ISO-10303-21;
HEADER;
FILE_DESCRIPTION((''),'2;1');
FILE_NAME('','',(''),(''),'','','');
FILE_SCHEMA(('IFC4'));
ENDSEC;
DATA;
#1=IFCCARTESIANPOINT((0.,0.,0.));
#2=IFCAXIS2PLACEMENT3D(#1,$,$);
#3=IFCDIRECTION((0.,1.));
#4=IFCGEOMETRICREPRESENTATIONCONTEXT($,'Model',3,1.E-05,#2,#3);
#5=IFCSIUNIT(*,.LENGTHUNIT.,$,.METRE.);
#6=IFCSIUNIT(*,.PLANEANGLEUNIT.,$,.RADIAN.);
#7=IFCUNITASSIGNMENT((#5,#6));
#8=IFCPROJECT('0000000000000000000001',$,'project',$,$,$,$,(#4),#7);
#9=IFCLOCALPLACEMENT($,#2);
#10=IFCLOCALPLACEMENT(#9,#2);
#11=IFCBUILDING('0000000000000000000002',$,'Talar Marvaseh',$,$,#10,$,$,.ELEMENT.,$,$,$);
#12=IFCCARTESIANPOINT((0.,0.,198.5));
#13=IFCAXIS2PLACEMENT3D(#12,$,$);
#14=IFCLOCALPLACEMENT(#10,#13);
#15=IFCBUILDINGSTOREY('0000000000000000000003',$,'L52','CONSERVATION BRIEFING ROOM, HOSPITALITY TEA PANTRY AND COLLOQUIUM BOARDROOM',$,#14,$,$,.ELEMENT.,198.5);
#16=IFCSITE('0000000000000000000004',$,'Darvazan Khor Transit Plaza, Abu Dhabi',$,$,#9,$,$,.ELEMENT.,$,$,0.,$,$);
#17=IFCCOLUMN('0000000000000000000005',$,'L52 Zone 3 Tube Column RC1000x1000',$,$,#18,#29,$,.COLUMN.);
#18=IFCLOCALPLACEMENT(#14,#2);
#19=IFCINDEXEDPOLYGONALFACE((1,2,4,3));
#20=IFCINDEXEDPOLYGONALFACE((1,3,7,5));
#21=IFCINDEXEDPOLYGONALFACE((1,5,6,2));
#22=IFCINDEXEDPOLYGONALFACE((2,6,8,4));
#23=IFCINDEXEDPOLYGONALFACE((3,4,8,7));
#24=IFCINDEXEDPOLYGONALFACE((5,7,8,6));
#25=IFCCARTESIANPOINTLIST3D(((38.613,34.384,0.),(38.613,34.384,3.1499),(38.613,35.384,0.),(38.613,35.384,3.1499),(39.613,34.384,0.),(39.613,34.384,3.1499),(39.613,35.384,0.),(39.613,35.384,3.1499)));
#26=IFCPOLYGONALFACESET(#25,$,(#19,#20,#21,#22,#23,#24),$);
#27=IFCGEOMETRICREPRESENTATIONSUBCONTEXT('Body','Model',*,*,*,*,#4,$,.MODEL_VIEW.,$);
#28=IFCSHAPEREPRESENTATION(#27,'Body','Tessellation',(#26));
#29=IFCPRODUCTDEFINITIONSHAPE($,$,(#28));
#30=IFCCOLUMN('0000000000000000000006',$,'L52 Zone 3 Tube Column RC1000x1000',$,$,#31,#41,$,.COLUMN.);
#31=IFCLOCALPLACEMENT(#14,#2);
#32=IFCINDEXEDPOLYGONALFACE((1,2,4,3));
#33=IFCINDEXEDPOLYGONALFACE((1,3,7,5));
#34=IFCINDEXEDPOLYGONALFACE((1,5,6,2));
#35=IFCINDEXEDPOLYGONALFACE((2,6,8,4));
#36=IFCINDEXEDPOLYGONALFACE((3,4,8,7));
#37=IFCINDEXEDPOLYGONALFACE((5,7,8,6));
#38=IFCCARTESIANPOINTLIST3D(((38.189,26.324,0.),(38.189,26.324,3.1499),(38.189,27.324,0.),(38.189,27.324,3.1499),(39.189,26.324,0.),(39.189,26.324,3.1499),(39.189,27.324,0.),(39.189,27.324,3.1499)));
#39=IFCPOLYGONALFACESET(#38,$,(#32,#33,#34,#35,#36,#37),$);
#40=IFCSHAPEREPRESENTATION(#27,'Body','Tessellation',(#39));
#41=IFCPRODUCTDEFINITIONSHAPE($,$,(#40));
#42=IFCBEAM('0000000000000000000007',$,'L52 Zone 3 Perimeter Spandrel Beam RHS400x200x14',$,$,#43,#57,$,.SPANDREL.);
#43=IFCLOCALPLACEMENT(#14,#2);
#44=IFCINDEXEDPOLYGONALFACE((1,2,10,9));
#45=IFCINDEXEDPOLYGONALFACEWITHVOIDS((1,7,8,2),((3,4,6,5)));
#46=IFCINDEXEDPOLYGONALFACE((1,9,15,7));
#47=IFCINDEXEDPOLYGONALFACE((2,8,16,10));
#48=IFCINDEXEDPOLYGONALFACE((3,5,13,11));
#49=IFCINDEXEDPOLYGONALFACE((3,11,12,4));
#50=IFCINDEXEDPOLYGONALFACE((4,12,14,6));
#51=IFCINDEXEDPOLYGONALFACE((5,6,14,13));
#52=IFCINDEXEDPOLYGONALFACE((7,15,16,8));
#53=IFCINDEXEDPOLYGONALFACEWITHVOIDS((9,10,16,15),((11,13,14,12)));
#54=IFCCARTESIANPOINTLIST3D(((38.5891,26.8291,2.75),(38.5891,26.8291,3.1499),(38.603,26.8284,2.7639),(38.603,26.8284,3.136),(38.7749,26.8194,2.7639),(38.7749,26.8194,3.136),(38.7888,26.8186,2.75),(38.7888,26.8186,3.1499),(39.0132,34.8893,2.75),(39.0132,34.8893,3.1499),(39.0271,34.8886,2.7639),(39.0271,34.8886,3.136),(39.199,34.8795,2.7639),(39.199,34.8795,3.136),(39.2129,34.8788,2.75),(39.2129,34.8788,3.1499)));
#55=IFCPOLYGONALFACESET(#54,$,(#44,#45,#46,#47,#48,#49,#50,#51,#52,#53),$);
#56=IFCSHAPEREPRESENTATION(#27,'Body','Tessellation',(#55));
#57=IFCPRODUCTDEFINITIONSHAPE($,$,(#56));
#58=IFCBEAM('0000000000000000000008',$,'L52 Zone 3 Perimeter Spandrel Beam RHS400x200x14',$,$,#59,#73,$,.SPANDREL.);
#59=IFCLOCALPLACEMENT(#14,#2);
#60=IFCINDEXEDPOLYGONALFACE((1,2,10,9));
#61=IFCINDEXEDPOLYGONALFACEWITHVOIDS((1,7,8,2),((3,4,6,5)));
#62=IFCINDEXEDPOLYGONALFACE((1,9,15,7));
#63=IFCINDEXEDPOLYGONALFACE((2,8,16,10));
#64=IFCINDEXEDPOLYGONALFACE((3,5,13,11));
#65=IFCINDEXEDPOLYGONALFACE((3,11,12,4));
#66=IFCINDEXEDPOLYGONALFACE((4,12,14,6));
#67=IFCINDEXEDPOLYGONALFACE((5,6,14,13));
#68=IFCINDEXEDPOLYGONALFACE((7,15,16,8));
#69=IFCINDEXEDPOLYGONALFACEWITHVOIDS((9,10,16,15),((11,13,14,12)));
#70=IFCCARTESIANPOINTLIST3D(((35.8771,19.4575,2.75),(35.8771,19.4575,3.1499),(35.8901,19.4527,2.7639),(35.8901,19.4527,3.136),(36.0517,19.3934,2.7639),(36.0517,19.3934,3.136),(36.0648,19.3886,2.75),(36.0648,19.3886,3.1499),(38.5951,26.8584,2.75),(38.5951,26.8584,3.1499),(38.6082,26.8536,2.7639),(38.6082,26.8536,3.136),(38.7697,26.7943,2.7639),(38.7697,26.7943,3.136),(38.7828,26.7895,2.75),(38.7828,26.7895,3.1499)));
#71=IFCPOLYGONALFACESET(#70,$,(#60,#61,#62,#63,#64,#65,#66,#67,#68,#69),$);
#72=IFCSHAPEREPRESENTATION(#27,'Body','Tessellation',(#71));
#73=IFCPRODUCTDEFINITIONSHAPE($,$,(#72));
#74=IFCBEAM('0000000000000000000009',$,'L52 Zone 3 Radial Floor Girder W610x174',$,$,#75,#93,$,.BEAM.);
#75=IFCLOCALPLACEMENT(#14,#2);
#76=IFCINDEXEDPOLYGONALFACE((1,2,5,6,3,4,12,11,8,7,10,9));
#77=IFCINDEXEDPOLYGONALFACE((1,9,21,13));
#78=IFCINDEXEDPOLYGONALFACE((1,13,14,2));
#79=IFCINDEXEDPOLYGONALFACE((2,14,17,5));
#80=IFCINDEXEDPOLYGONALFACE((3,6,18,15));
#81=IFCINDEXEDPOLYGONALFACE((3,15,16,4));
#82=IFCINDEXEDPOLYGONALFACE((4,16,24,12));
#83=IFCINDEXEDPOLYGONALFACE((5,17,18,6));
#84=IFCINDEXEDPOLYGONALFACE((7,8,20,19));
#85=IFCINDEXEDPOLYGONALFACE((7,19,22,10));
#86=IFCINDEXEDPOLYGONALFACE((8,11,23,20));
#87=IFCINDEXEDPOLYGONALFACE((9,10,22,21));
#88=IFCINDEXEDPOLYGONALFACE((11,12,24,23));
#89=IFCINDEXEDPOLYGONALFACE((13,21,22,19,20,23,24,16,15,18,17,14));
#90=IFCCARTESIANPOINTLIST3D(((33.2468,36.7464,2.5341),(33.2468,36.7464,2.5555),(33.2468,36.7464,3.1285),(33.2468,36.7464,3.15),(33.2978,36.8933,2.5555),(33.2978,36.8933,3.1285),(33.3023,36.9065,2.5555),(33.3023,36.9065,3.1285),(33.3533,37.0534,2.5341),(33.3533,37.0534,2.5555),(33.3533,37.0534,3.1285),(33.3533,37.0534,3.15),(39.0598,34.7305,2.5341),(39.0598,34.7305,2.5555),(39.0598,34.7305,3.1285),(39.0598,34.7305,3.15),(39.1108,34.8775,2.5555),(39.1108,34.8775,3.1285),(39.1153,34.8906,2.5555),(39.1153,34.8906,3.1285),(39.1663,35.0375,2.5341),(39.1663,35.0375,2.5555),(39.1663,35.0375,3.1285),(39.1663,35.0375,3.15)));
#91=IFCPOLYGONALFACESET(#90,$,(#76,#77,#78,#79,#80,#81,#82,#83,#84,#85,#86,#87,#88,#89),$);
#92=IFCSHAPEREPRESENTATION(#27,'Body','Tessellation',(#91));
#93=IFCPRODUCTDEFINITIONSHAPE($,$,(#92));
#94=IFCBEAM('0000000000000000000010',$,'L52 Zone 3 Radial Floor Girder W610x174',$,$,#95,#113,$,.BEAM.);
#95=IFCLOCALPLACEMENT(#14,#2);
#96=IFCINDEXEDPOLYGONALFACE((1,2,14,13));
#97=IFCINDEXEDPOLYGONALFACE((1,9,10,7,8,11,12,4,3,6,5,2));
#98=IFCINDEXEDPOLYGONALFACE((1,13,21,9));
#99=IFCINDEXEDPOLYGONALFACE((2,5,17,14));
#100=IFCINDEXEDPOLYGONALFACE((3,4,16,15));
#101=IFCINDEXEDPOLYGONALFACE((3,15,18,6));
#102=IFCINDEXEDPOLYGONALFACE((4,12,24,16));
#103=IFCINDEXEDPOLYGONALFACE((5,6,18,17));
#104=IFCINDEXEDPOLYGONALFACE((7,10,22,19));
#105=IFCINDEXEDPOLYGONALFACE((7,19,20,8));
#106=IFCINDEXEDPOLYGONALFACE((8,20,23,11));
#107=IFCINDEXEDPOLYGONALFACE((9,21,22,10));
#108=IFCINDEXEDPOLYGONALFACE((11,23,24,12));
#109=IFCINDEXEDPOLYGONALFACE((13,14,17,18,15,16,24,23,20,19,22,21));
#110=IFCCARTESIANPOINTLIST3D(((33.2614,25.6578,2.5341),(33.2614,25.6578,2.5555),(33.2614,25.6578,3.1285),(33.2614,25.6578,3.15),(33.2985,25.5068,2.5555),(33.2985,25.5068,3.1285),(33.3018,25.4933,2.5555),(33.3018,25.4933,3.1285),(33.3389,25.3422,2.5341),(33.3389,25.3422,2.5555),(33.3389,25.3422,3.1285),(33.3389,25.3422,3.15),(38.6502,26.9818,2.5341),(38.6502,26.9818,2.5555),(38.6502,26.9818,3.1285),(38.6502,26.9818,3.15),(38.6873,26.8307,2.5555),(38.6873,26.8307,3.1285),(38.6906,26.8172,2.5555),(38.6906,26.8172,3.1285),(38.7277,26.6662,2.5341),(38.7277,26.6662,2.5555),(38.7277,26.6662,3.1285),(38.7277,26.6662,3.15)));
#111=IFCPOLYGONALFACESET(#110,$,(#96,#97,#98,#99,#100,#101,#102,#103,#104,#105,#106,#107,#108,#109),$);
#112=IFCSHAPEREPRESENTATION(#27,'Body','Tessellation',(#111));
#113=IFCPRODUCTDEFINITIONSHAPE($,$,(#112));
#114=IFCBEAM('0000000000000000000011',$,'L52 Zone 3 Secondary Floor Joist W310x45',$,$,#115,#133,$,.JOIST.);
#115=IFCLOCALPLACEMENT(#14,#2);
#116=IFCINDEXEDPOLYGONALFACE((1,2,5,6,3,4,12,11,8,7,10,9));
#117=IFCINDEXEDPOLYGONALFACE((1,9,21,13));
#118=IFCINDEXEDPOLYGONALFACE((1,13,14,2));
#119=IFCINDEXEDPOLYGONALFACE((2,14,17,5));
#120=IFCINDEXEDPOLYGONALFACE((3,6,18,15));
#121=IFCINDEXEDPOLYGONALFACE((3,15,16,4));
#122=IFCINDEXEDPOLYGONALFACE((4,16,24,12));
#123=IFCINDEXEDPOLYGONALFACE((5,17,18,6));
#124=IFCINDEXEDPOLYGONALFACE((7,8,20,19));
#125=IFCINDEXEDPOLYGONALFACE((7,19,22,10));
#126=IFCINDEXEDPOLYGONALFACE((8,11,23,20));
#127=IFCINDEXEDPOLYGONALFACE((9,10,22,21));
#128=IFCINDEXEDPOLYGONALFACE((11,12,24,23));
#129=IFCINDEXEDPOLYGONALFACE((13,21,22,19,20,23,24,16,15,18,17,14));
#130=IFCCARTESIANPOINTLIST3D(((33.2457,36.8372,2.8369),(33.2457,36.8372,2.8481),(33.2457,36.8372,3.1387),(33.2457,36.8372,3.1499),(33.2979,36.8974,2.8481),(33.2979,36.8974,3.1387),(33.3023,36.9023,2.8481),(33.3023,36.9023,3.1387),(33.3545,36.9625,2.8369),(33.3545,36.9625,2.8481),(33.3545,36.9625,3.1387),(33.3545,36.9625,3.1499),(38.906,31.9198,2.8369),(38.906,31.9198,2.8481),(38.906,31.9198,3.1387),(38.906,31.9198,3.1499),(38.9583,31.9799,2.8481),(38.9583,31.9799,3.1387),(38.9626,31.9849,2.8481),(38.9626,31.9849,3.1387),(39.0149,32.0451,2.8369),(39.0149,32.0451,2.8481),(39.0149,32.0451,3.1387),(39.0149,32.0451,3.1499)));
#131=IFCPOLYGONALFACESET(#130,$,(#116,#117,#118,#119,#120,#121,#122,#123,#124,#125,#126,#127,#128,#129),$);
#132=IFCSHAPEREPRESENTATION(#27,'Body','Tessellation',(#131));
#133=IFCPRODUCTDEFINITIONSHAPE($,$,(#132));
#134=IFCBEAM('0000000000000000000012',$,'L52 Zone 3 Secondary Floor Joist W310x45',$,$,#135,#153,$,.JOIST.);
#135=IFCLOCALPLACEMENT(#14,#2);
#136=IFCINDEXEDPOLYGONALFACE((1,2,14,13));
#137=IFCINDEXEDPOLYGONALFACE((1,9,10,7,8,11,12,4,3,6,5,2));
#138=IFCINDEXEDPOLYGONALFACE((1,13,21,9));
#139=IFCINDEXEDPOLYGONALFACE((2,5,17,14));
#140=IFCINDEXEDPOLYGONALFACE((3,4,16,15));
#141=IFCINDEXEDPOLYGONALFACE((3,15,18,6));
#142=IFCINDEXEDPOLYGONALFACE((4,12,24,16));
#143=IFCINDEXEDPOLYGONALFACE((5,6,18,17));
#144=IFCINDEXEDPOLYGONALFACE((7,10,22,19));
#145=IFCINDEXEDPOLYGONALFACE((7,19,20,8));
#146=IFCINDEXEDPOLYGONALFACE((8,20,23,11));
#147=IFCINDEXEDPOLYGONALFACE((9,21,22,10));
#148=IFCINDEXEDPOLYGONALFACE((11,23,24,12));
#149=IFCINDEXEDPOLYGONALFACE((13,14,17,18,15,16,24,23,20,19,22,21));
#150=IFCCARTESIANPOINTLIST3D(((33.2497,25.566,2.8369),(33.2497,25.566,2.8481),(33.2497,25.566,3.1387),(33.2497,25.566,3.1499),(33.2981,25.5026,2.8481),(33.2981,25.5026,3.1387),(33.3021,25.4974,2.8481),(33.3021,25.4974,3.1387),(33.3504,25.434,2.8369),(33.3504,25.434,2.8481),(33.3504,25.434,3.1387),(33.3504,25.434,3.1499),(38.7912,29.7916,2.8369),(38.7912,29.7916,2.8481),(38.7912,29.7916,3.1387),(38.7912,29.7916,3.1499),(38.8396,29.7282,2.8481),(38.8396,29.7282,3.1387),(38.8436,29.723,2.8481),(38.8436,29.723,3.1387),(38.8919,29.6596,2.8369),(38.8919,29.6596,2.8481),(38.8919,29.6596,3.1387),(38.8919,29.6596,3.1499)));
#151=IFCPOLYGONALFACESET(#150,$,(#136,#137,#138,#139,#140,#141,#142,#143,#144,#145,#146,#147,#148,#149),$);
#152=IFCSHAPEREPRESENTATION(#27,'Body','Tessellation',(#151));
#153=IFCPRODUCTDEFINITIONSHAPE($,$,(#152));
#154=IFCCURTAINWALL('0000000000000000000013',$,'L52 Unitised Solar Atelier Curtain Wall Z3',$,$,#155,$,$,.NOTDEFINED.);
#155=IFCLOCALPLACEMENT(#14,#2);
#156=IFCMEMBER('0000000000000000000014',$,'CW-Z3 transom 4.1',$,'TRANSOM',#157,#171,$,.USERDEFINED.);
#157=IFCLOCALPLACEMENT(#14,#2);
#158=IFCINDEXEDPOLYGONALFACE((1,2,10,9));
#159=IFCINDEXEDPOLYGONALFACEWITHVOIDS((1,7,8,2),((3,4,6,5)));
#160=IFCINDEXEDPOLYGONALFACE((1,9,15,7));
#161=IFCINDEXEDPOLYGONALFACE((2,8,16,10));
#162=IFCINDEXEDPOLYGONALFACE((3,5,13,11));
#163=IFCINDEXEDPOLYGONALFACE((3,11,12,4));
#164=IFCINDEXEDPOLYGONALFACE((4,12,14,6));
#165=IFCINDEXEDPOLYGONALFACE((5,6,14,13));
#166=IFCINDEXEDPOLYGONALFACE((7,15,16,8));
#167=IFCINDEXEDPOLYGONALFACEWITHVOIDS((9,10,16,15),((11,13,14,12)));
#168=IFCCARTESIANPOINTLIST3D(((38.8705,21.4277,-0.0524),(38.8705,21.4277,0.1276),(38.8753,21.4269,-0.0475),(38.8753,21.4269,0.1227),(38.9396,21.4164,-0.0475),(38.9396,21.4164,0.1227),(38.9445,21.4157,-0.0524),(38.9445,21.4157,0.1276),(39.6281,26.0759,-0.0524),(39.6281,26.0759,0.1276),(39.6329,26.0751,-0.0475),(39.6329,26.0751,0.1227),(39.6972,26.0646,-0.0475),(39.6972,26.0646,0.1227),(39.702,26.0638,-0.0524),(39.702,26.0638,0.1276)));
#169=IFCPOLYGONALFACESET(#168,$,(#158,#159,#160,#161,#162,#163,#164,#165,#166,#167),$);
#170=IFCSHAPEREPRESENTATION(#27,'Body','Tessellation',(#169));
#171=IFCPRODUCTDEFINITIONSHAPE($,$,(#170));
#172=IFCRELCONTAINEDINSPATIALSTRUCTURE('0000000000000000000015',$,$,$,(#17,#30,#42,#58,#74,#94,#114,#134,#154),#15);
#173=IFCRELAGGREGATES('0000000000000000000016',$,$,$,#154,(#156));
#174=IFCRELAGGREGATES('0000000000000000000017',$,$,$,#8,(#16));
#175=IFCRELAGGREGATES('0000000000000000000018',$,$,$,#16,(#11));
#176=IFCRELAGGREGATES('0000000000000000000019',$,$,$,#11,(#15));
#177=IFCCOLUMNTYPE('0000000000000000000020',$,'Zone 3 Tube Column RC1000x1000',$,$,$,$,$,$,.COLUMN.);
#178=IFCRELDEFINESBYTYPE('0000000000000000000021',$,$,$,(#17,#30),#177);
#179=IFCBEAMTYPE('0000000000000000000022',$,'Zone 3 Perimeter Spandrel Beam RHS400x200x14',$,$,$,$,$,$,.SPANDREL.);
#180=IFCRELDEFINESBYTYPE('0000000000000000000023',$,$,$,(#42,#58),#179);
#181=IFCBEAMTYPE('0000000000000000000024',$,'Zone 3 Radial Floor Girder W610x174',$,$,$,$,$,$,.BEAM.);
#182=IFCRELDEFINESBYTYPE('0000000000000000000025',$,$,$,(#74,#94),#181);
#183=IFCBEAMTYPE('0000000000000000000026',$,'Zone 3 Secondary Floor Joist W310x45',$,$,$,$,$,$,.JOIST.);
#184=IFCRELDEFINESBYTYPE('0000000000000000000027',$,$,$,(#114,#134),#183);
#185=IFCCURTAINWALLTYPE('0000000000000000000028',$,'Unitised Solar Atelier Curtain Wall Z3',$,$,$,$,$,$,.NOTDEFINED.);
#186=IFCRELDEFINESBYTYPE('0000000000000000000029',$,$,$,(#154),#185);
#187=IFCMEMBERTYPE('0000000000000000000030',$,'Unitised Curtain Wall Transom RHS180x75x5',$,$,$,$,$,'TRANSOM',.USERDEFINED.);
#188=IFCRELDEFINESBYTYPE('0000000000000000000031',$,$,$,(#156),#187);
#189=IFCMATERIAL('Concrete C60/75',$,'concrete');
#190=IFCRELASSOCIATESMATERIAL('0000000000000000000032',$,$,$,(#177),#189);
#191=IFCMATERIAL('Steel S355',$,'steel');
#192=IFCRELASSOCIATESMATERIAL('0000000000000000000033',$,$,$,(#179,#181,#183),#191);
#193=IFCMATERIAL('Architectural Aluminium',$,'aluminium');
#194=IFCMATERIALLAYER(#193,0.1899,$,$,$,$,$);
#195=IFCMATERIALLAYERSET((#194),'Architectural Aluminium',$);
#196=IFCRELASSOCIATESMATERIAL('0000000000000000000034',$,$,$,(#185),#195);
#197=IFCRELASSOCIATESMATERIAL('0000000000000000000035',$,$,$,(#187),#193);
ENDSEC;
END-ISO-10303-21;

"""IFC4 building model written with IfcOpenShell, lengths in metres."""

from ifc_helpers import new_model, si_unit, direction, frame, origin, origin_2d, place, context, subcontext, project, spatial, rectangle, hollow_rectangle, i_section, extrude, source, transform, mapped, material, layer, layer_set, material_profile, profile_set, type_object, element, aggregate, save


model = new_model("IFC4")

# Units and contexts
model_context = context("Model", 3, precision=1e-05, world=origin(), true_north=direction((0.0, 1.0)))
body_context = subcontext(model_context, "Body", "Model", "MODEL_VIEW")
ifc_project = project(units=[si_unit("LENGTHUNIT", "METRE"), si_unit("PLANEANGLEUNIT", "RADIAN")], contexts=[model_context])

# Site, building, storey
site_placement = place(None, origin())
site = spatial("IfcSite", under=ifc_project, at=site_placement, Name="Darvazan Khor Transit Plaza, Abu Dhabi", CompositionType="ELEMENT", RefElevation=0.0)
building_placement = place(site_placement, origin())
building = spatial("IfcBuilding", under=site, at=building_placement, Name="Talar Marvaseh", CompositionType="ELEMENT")
storey_placement = place(building_placement, frame((0.0, 0.0, 198.5)))
storey = spatial("IfcBuildingStorey", under=building, at=storey_placement, Name="L52", Description="CONSERVATION BRIEFING ROOM, HOSPITALITY TEA PANTRY AND COLLOQUIUM BOARDROOM", CompositionType="ELEMENT", Elevation=198.5)

# Columns
ifc_material_1 = material(Name="Concrete C60/75", Category="concrete")
ifc_material_profile_1 = material_profile(ifc_material_1, rectangle(XDim=1.0, YDim=1.0, at=origin_2d()), Name="RC1000x1000")
ifc_profile_set_1 = profile_set([ifc_material_profile_1], Name="Concrete C60/75")
column_type = type_object("IfcColumnType", Name="Zone 3 Tube Column RC1000x1000", PredefinedType="COLUMN", material=ifc_profile_set_1)
for number, where, z_axis, x_axis, name in (
    (1, (39.113, 34.884, 0.0), (0.0, 0.0, 1.0), (1.0, 0.0, 0.0), "L52 Zone 3 Tube Column RC1000x1000"),
    (2, (38.689, 26.824, 0.0), (0.0, 0.0, 1.0), (1.0, 0.0, 0.0), "L52 Zone 3 Tube Column RC1000x1000"),
):
    element("IfcColumn", number, at=place(storey_placement, frame(where, z_axis=z_axis, x_axis=x_axis)), inside=storey, type_object=column_type, Name=name, PredefinedType="COLUMN", context=body_context, shape_type="SweptSolid", body=[
        extrude(rectangle(XDim=1.0, YDim=1.0, at=origin_2d()), origin(), (0.0, 0.0, 1.0), 3.1499),
    ])

# Beams
ifc_material_2 = material(Name="Steel S355", Category="steel")
ifc_material_profile_2 = material_profile(ifc_material_2, hollow_rectangle(XDim=0.2, YDim=0.3999, WallThickness=0.0139, at=origin_2d()), Name="RHS400x200x14")
ifc_profile_set_2 = profile_set([ifc_material_profile_2], Name="Steel S355")
beam_type_1 = type_object("IfcBeamType", Name="Zone 3 Perimeter Spandrel Beam RHS400x200x14", PredefinedType="SPANDREL", material=ifc_profile_set_2)
beam_1_placement = place(storey_placement, frame((39.113, 34.884, 2.95), z_axis=(-0.052541, -0.998619, 0.0), x_axis=(0.998619, -0.052541, 0.0)))
element("IfcBeam", 3, at=beam_1_placement, inside=storey, type_object=beam_type_1, Name="L52 Zone 3 Perimeter Spandrel Beam RHS400x200x14", PredefinedType="SPANDREL", context=body_context, shape_type="SweptSolid", body=[
    extrude(hollow_rectangle(XDim=0.2, YDim=0.3999, WallThickness=0.0139, at=origin_2d()), origin(), (0.0, 0.0, 1.0), 8.0713),
])
beam_2_placement = place(storey_placement, frame((38.689, 26.824, 2.95), z_axis=(-0.344742, -0.938697, 0.0), x_axis=(0.938697, -0.344742, 0.0)))
element("IfcBeam", 4, at=beam_2_placement, inside=storey, type_object=beam_type_1, Name="L52 Zone 3 Perimeter Spandrel Beam RHS400x200x14", PredefinedType="SPANDREL", context=body_context, shape_type="SweptSolid", body=[
    extrude(hollow_rectangle(XDim=0.2, YDim=0.3999, WallThickness=0.0139, at=origin_2d()), origin(), (0.0, 0.0, 1.0), 7.8843),
])
ifc_material_profile_3 = material_profile(ifc_material_2, i_section(OverallWidth=0.325, OverallDepth=0.616, WebThickness=0.0139, FlangeThickness=0.0215, at=origin_2d()), Name="W610x174")
ifc_profile_set_3 = profile_set([ifc_material_profile_3], Name="Steel S355")
beam_type_2 = type_object("IfcBeamType", Name="Zone 3 Radial Floor Girder W610x174", PredefinedType="BEAM", material=ifc_profile_set_3)
beam_3_placement = place(storey_placement, frame((39.113, 34.884, 2.842), z_axis=(-0.944801, 0.327645, 0.0), x_axis=(-0.327645, -0.944801, 0.0)))
element("IfcBeam", 5, at=beam_3_placement, inside=storey, type_object=beam_type_2, Name="L52 Zone 3 Radial Floor Girder W610x174", PredefinedType="BEAM", context=body_context, shape_type="SweptSolid", body=[
    extrude(i_section(OverallWidth=0.325, OverallDepth=0.616, WebThickness=0.0139, FlangeThickness=0.0215, at=origin_2d()), origin(), (0.0, 0.0, 1.0), 6.1526),
])
beam_4_placement = place(storey_placement, frame((38.689, 26.824, 2.842), z_axis=(-0.971121, -0.23859, 0.0), x_axis=(0.23859, -0.971121, 0.0)))
element("IfcBeam", 6, at=beam_4_placement, inside=storey, type_object=beam_type_2, Name="L52 Zone 3 Radial Floor Girder W610x174", PredefinedType="BEAM", context=body_context, shape_type="SweptSolid", body=[
    extrude(i_section(OverallWidth=0.325, OverallDepth=0.616, WebThickness=0.0139, FlangeThickness=0.0215, at=origin_2d()), origin(), (0.0, 0.0, 1.0), 5.5491),
])
ifc_material_profile_4 = material_profile(ifc_material_2, i_section(OverallWidth=0.166, OverallDepth=0.313, WebThickness=0.0066, FlangeThickness=0.0112, at=origin_2d()), Name="W310x45")
ifc_profile_set_4 = profile_set([ifc_material_profile_4], Name="Steel S355")
beam_type_3 = type_object("IfcBeamType", Name="Zone 3 Secondary Floor Joist W310x45", PredefinedType="JOIST", material=ifc_profile_set_4)
beam_5_placement = place(storey_placement, frame((38.9604, 31.9824, 2.9934), z_axis=(-0.75491, 0.655829, 0.0), x_axis=(-0.655829, -0.75491, 0.0)))
element("IfcBeam", 7, at=beam_5_placement, inside=storey, type_object=beam_type_3, Name="L52 Zone 3 Secondary Floor Joist W310x45", PredefinedType="JOIST", context=body_context, shape_type="SweptSolid", body=[
    extrude(i_section(OverallWidth=0.166, OverallDepth=0.313, WebThickness=0.0066, FlangeThickness=0.0112, at=origin_2d()), origin(), (0.0, 0.0, 1.0), 7.498),
])
beam_6_placement = place(storey_placement, frame((38.8416, 29.7256, 2.9934), z_axis=(-0.79519, -0.60636, 0.0), x_axis=(0.60636, -0.79519, 0.0)))
element("IfcBeam", 8, at=beam_6_placement, inside=storey, type_object=beam_type_3, Name="L52 Zone 3 Secondary Floor Joist W310x45", PredefinedType="JOIST", context=body_context, shape_type="SweptSolid", body=[
    extrude(i_section(OverallWidth=0.166, OverallDepth=0.313, WebThickness=0.0066, FlangeThickness=0.0112, at=origin_2d()), origin(), (0.0, 0.0, 1.0), 6.9688),
])

# Curtain wall, member
ifc_material_3 = material(Name="Architectural Aluminium", Category="aluminium")
ifc_layer_1 = layer(ifc_material_3, 0.1899)
ifc_layer_set_1 = layer_set([ifc_layer_1], Name="Architectural Aluminium")
curtain_wall_type = type_object("IfcCurtainWallType", Name="Unitised Solar Atelier Curtain Wall Z3", PredefinedType="NOTDEFINED", material=ifc_layer_set_1)
curtain_wall_placement = place(storey_placement, origin())
curtain_wall = element("IfcCurtainWall", 9, at=curtain_wall_placement, inside=storey, type_object=curtain_wall_type, Name="L52 Unitised Solar Atelier Curtain Wall Z3", PredefinedType="NOTDEFINED")
ifc_material_profile_5 = material_profile(ifc_material_3, hollow_rectangle(XDim=0.075, YDim=0.1799, WallThickness=0.0049, at=origin_2d()), Name="RHS180x75x5")
ifc_profile_set_5 = profile_set([ifc_material_profile_5], Name="Architectural Aluminium")
member_type_1 = type_object("IfcMemberType", Name="Unitised Curtain Wall Transom RHS180x75x5", ElementType="TRANSOM", PredefinedType="USERDEFINED", material=ifc_profile_set_5)
shared_shape_1 = source(origin(), body_context, "Body", "SweptSolid", [
    extrude(hollow_rectangle(XDim=0.075, YDim=0.1799, WallThickness=0.0049, at=origin_2d()), origin(), (0.0, 0.0, 1.0), 4.7095),
])
member_1_placement = place(storey_placement, frame((39.665, 26.0698, 0.0376), z_axis=(-0.160859, -0.986977, 0.0), x_axis=(0.986977, -0.160859, 0.0)))
member_1 = element("IfcMember", 10, at=member_1_placement, type_object=member_type_1, Name="CW-Z3 transom 4.1", ObjectType="TRANSOM", PredefinedType="USERDEFINED", context=body_context, shape_type="MappedRepresentation", body=[
    mapped(shared_shape_1, transform((0.0, 0.0, 0.0), x_axis=(1.0, 0.0, 0.0), y_axis=(0.0, 1.0, 0.0), z_axis=(0.0, 0.0, 1.0), scale=1.0)),
])
aggregate(curtain_wall, [member_1])

save(model, "model.ifc")
